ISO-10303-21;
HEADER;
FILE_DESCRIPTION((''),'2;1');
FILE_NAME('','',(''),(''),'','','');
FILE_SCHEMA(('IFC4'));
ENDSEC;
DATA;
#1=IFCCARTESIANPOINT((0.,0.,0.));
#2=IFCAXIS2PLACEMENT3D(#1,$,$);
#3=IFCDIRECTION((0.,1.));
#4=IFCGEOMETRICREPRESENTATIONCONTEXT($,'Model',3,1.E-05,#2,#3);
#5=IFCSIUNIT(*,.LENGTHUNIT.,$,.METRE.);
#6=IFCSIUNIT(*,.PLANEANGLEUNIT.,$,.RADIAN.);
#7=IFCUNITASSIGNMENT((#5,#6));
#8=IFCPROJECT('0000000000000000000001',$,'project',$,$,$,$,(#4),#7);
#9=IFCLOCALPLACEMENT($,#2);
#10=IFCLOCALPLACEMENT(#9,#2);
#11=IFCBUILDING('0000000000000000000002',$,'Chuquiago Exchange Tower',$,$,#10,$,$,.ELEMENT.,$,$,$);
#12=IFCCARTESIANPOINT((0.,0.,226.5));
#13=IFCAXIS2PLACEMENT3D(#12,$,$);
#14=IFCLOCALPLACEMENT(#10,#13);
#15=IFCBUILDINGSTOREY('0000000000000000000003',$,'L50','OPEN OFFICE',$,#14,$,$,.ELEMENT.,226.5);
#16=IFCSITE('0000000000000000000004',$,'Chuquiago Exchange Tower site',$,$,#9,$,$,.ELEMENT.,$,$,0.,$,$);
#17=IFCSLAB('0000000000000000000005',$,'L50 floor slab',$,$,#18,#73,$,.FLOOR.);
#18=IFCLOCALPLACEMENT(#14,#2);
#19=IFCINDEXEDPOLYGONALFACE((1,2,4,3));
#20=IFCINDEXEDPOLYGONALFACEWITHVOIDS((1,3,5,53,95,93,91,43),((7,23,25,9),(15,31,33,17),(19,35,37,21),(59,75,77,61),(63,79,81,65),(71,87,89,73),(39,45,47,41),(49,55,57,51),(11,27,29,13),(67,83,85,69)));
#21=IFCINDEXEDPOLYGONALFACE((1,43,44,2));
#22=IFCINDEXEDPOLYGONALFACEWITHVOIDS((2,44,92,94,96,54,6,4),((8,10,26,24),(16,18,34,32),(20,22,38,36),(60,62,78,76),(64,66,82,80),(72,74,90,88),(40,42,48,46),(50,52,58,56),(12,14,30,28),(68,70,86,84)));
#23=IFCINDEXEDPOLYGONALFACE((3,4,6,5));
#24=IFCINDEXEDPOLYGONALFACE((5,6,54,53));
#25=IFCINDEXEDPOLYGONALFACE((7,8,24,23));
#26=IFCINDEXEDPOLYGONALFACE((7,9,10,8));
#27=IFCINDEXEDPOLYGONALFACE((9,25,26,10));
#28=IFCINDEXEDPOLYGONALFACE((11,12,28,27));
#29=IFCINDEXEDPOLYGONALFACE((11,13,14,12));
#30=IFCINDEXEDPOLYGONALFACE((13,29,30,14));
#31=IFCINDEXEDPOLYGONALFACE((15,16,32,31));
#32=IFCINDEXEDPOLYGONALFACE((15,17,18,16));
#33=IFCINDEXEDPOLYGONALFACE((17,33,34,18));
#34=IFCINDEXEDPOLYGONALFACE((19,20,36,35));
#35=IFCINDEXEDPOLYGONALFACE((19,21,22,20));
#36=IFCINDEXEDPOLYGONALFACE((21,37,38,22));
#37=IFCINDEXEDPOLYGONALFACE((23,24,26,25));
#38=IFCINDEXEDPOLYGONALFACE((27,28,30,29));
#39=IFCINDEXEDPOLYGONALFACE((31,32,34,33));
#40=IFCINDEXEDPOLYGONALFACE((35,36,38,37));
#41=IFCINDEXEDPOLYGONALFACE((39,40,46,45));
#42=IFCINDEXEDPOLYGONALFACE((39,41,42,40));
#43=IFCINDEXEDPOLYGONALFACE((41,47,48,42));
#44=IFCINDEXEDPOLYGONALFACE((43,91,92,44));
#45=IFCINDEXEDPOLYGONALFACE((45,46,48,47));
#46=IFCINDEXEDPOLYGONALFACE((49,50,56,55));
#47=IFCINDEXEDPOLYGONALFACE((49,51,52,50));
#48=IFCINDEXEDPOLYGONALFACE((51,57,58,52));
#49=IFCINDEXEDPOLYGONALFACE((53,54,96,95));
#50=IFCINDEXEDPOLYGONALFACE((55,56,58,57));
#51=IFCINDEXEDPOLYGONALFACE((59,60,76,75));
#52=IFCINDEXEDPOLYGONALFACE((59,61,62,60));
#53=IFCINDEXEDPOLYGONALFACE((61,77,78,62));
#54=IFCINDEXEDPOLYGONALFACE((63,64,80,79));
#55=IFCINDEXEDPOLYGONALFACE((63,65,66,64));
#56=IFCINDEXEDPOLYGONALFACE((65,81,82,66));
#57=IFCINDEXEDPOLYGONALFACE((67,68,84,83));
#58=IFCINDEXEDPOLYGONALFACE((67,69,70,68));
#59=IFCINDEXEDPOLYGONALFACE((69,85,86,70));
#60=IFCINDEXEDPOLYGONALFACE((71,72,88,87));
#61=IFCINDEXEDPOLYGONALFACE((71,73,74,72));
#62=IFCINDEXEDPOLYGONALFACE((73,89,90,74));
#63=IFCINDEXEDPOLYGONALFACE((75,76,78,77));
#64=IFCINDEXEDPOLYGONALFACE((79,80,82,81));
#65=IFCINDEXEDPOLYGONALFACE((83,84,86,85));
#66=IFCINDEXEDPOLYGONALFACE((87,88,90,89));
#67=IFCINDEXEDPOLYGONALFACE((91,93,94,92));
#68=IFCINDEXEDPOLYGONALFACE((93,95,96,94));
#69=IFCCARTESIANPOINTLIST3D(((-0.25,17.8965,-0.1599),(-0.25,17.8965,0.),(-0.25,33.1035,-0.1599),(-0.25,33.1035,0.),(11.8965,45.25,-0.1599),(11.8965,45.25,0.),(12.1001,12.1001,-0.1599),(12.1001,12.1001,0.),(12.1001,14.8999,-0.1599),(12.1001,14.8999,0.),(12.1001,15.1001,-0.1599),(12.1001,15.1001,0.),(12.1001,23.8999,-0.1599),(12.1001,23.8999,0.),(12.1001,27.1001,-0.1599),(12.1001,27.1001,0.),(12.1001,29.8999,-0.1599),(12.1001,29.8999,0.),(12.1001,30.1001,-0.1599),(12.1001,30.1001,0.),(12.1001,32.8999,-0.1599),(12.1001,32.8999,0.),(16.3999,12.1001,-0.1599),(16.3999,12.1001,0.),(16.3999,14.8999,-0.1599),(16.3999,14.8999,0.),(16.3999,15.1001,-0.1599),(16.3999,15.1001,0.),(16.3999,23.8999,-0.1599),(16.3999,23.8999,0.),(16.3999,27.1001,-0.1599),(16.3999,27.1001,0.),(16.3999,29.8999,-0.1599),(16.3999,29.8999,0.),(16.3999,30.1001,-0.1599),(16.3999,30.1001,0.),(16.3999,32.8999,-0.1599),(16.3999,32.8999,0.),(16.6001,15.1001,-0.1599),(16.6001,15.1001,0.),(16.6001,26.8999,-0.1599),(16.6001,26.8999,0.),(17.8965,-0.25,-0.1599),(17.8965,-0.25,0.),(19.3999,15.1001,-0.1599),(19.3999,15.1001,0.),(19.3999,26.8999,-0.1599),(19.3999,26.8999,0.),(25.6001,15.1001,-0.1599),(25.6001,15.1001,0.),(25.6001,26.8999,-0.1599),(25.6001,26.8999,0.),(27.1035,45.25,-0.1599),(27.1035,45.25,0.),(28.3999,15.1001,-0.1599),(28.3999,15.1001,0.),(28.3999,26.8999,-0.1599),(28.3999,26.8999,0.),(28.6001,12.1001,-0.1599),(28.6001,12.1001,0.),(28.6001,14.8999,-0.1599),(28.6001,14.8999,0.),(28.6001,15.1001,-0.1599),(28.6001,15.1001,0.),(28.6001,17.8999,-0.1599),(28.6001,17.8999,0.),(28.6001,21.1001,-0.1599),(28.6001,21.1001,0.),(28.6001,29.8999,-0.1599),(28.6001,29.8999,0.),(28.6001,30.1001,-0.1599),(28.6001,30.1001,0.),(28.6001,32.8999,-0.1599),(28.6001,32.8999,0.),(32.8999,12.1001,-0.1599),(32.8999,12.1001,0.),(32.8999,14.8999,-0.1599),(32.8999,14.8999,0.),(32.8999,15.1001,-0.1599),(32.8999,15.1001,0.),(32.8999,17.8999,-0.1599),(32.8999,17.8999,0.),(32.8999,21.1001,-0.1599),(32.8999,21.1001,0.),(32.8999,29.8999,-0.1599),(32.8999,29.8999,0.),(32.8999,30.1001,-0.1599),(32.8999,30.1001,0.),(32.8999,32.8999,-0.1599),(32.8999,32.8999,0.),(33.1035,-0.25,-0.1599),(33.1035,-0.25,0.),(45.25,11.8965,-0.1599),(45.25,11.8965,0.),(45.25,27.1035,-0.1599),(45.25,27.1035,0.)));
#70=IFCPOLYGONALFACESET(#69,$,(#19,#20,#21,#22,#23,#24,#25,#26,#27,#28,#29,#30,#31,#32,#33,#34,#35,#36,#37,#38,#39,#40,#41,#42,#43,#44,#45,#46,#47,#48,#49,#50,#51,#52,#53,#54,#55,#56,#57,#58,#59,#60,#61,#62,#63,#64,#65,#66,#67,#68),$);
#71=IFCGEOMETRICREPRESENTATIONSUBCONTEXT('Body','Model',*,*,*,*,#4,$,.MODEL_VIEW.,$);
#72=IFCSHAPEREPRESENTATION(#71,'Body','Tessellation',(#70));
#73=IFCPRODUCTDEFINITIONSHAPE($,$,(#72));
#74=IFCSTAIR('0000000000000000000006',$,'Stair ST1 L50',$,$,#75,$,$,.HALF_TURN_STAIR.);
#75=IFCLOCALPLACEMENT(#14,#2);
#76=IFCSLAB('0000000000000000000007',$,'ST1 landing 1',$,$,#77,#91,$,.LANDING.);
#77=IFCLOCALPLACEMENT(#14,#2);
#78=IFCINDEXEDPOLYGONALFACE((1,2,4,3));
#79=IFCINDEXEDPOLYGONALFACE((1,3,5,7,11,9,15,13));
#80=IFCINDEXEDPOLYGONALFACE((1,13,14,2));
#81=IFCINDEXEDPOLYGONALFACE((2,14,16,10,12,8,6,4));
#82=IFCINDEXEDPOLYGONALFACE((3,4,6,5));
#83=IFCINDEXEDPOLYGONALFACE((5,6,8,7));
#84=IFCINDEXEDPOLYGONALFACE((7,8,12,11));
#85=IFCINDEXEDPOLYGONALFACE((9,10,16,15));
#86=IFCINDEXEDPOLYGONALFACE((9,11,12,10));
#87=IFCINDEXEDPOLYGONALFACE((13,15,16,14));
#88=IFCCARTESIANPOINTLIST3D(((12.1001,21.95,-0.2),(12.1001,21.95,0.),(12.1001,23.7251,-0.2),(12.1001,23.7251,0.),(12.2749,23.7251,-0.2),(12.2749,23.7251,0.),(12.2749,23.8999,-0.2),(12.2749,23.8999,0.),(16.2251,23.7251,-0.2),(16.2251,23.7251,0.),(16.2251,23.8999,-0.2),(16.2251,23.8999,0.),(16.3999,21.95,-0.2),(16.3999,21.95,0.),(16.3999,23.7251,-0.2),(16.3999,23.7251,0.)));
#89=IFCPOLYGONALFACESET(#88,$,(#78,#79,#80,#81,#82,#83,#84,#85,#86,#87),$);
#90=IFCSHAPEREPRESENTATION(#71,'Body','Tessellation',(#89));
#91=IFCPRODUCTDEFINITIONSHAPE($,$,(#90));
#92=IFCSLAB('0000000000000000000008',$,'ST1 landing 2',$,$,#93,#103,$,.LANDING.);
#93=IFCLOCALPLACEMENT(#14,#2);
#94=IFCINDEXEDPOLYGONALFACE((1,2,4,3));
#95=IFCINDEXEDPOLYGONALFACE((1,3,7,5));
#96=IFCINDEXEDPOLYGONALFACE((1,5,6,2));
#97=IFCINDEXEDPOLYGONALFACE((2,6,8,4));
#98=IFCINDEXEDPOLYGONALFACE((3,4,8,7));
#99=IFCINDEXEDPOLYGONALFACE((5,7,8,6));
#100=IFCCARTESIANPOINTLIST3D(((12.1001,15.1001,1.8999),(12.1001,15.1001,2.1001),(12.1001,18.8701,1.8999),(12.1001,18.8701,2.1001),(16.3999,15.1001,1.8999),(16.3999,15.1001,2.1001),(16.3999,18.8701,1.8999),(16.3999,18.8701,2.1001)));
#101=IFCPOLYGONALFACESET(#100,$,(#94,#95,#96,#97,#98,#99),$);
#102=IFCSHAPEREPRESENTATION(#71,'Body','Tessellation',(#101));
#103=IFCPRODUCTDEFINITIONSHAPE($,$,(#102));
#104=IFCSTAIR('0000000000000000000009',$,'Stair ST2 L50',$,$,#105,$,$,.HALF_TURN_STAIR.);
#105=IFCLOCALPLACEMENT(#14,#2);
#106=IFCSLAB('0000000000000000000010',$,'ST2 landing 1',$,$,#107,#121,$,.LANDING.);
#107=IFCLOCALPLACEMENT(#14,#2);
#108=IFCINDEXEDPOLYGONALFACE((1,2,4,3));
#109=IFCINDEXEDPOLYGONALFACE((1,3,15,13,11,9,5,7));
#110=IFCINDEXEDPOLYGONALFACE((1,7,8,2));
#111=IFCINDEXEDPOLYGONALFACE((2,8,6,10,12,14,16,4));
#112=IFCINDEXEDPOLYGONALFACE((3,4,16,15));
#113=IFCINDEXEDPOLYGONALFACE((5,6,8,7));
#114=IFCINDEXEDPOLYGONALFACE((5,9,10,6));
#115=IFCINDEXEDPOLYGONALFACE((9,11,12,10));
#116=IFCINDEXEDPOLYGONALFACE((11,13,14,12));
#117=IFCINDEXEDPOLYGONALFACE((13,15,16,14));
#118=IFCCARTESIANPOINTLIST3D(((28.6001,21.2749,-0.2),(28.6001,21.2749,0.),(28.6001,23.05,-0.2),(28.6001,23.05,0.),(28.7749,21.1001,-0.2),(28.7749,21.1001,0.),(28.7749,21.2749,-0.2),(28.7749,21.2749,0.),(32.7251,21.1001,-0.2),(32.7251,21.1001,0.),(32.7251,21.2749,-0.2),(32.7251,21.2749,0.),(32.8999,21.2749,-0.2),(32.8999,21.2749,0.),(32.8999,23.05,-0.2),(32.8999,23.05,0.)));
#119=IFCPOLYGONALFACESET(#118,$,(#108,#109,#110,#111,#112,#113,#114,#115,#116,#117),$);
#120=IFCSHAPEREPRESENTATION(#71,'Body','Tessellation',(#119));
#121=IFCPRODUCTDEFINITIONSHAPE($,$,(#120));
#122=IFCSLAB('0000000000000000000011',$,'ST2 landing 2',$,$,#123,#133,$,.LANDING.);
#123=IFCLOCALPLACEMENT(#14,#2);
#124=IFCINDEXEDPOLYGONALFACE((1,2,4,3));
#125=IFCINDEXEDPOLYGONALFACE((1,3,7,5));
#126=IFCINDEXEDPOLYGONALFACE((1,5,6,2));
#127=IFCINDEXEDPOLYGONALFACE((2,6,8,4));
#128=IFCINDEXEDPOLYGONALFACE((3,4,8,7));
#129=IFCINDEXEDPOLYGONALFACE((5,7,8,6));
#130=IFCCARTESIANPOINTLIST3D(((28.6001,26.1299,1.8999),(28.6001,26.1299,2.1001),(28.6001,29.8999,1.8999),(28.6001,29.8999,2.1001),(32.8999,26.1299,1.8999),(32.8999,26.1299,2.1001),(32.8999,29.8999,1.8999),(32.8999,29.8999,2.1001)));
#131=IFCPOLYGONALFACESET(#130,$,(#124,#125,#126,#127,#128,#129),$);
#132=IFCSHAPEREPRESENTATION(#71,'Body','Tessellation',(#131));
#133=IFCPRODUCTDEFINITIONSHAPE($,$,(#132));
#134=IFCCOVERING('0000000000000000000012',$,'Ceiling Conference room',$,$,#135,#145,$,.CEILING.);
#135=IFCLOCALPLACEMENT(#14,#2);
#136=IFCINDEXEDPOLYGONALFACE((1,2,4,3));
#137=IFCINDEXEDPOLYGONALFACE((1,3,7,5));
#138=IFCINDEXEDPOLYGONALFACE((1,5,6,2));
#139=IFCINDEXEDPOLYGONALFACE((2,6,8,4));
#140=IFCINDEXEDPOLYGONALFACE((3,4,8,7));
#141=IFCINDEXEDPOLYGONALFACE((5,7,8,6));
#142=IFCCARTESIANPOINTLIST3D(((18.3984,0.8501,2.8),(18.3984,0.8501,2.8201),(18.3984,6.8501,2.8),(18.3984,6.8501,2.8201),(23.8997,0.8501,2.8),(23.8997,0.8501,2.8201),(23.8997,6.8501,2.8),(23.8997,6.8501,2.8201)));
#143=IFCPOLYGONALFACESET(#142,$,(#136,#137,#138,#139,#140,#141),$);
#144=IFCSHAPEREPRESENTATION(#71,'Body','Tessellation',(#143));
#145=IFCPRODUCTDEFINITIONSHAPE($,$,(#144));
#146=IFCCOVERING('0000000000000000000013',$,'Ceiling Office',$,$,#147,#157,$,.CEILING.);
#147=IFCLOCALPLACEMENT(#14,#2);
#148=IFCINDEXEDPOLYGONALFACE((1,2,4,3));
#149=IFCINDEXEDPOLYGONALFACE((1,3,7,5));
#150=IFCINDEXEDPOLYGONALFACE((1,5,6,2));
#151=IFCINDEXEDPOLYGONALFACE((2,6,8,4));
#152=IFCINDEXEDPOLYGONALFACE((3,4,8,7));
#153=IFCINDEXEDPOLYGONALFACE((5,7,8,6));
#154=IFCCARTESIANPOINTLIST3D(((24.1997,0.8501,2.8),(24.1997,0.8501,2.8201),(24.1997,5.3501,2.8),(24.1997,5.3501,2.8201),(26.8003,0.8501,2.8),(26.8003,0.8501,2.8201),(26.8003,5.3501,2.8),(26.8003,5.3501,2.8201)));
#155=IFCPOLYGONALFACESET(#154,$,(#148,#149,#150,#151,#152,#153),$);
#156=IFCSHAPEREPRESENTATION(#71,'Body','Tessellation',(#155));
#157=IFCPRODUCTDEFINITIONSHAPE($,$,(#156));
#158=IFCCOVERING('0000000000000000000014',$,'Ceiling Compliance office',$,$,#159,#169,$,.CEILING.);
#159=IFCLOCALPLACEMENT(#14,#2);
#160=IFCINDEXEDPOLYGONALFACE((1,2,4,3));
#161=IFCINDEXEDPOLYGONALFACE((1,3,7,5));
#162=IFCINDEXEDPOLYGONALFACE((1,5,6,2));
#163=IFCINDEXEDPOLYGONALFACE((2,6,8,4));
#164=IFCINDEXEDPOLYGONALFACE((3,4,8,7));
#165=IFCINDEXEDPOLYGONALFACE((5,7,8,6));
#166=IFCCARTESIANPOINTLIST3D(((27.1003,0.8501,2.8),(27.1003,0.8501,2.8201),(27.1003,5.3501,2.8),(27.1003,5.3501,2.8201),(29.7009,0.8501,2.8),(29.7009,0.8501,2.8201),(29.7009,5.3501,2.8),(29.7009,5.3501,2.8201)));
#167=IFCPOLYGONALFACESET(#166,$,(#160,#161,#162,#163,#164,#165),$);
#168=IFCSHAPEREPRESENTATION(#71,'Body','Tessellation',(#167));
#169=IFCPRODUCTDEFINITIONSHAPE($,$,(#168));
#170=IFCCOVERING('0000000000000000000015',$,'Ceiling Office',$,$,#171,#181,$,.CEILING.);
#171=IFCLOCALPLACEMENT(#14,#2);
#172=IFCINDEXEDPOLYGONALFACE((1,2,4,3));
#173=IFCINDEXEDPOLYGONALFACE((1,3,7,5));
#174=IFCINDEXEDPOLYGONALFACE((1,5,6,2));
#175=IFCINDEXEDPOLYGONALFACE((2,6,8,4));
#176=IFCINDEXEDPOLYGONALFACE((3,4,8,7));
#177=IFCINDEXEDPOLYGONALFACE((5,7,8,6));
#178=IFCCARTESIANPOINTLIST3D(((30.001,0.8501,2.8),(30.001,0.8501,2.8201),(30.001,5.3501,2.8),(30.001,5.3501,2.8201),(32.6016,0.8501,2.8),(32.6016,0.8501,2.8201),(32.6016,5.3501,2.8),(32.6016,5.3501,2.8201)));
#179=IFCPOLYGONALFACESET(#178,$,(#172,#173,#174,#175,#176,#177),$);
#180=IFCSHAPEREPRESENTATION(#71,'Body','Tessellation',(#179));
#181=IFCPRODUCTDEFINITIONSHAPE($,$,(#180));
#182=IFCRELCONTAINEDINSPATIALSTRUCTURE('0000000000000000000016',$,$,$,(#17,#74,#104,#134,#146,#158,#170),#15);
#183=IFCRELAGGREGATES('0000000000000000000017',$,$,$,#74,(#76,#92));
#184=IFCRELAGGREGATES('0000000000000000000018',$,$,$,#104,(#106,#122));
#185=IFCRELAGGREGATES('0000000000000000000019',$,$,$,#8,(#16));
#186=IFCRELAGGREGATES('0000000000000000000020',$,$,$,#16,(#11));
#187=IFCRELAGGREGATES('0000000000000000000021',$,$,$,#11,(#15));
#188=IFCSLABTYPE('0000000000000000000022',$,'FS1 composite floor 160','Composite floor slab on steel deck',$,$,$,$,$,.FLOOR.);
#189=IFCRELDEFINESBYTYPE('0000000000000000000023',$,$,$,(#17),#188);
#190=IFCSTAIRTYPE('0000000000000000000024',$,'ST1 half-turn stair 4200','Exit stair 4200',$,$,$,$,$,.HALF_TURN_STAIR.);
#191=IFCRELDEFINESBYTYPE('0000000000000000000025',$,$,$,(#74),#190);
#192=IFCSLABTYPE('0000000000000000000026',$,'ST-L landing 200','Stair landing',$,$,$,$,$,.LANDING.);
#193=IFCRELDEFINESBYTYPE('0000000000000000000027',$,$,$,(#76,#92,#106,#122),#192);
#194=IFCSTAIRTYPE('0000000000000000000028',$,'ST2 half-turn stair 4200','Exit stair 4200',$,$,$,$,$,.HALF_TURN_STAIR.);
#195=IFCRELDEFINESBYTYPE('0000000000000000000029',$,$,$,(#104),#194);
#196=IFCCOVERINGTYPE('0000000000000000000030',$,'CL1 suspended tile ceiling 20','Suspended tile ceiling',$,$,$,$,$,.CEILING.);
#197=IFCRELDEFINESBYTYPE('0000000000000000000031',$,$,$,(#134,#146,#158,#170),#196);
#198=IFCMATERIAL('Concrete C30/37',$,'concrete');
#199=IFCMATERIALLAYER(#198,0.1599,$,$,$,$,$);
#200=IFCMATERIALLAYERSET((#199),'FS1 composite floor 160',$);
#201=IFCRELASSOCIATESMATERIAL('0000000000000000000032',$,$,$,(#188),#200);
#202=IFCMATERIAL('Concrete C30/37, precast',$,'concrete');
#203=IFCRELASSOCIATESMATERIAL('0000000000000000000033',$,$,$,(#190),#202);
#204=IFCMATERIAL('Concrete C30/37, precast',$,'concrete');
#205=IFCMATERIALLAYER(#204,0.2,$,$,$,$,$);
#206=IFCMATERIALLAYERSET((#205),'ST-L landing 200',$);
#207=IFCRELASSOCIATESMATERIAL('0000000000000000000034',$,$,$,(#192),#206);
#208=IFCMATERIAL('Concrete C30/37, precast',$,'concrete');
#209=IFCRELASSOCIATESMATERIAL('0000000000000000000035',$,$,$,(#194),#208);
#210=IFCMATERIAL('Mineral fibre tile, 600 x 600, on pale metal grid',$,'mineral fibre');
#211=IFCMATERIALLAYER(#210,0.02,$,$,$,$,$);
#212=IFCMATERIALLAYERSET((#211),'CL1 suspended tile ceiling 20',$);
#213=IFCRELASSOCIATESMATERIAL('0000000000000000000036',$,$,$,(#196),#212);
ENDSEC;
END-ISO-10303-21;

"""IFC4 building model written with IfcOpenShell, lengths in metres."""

from ifc_helpers import new_model, si_unit, direction, frame, origin, place, context, subcontext, project, spatial, polyline, outline, extrude, material, layer, layer_set, type_object, element, aggregate, save


model = new_model("IFC4")

# Units and contexts
model_context = context("Model", 3, precision=1e-05, world=origin(), true_north=direction((0.0, 1.0)))
body_context = subcontext(model_context, "Body", "Model", "MODEL_VIEW")
ifc_project = project(units=[si_unit("LENGTHUNIT", "METRE"), si_unit("PLANEANGLEUNIT", "RADIAN")], contexts=[model_context])

# Site, building, storey
site_placement = place(None, origin())
site = spatial("IfcSite", under=ifc_project, at=site_placement, Name="Chuquiago Exchange Tower site", CompositionType="ELEMENT", RefElevation=0.0)
building_placement = place(site_placement, origin())
building = spatial("IfcBuilding", under=site, at=building_placement, Name="Chuquiago Exchange Tower", CompositionType="ELEMENT")
storey_placement = place(building_placement, frame((0.0, 0.0, 226.5)))
storey = spatial("IfcBuildingStorey", under=building, at=storey_placement, Name="L50", Description="OPEN OFFICE", CompositionType="ELEMENT", Elevation=226.5)

# Slab
ifc_material_1 = material(Name="Concrete C30/37", Category="concrete")
ifc_layer_1 = layer(ifc_material_1, 0.1599)
ifc_layer_set_1 = layer_set([ifc_layer_1], Name="FS1 composite floor 160")
slab_type_1 = type_object("IfcSlabType", Name="FS1 composite floor 160", Description="Composite floor slab on steel deck", PredefinedType="FLOOR", material=ifc_layer_set_1)
slab_1_placement = place(storey_placement, frame((0.0, 0.0, -0.1599)))
element("IfcSlab", 1, at=slab_1_placement, inside=storey, type_object=slab_type_1, Name="L50 floor slab", PredefinedType="FLOOR", context=body_context, shape_type="SweptSolid", body=[
    extrude(outline(polyline([(17.8965, -0.25), (-0.25, 17.8965), (-0.25, 33.1035), (11.8965, 45.25), (27.1035, 45.25), (45.25, 27.1035), (45.25, 11.8965), (33.1035, -0.25), (17.8965, -0.25)]), holes=[polyline([(16.3999, 15.1001), (12.1001, 15.1001), (12.1001, 23.8999), (16.3999, 23.8999), (16.3999, 15.1001)]), polyline([(32.8999, 21.1001), (28.6001, 21.1001), (28.6001, 29.8999), (32.8999, 29.8999), (32.8999, 21.1001)]), polyline([(16.3999, 12.1001), (12.1001, 12.1001), (12.1001, 14.8999), (16.3999, 14.8999), (16.3999, 12.1001)]), polyline([(16.3999, 30.1001), (12.1001, 30.1001), (12.1001, 32.8999), (16.3999, 32.8999), (16.3999, 30.1001)]), polyline([(32.8999, 12.1001), (28.6001, 12.1001), (28.6001, 14.8999), (32.8999, 14.8999), (32.8999, 12.1001)]), polyline([(32.8999, 30.1001), (28.6001, 30.1001), (28.6001, 32.8999), (32.8999, 32.8999), (32.8999, 30.1001)]), polyline([(16.3999, 27.1001), (12.1001, 27.1001), (12.1001, 29.8999), (16.3999, 29.8999), (16.3999, 27.1001)]), polyline([(32.8999, 15.1001), (28.6001, 15.1001), (28.6001, 17.8999), (32.8999, 17.8999), (32.8999, 15.1001)]), polyline([(19.3999, 15.1001), (16.6001, 15.1001), (16.6001, 26.8999), (19.3999, 26.8999), (19.3999, 15.1001)]), polyline([(28.3999, 15.1001), (25.6001, 15.1001), (25.6001, 26.8999), (28.3999, 26.8999), (28.3999, 15.1001)])]), origin(), (0.0, 0.0, 1.0), 0.1599),
])

# Stairs, slabs
ifc_material_2 = material(Name="Concrete C30/37, precast", Category="concrete")
stair_type_1 = type_object("IfcStairType", Name="ST1 half-turn stair 4200", Description="Exit stair 4200", PredefinedType="HALF_TURN_STAIR", material=ifc_material_2)
stair_1_placement = place(storey_placement, origin())
stair_1 = element("IfcStair", 2, at=stair_1_placement, inside=storey, type_object=stair_type_1, Name="Stair ST1 L50", PredefinedType="HALF_TURN_STAIR")
ifc_material_3 = material(Name="Concrete C30/37, precast", Category="concrete")
ifc_layer_2 = layer(ifc_material_3, 0.2)
ifc_layer_set_2 = layer_set([ifc_layer_2], Name="ST-L landing 200")
slab_type_2 = type_object("IfcSlabType", Name="ST-L landing 200", Description="Stair landing", PredefinedType="LANDING", material=ifc_layer_set_2)
slab_2_placement = place(storey_placement, frame((0.0, 0.0, -0.2)))
slab_2 = element("IfcSlab", 3, at=slab_2_placement, type_object=slab_type_2, Name="ST1 landing 1", PredefinedType="LANDING", context=body_context, shape_type="SweptSolid", body=[
    extrude(outline(polyline([(12.2749, 23.8999), (16.2251, 23.8999), (16.2251, 23.7251), (16.3999, 23.7251), (16.3999, 21.95), (12.1001, 21.95), (12.1001, 23.7251), (12.2749, 23.7251), (12.2749, 23.8999)])), origin(), (0.0, 0.0, 1.0), 0.2),
])
slab_3_placement = place(storey_placement, frame((0.0, 0.0, 1.8999)))
slab_3 = element("IfcSlab", 4, at=slab_3_placement, type_object=slab_type_2, Name="ST1 landing 2", PredefinedType="LANDING", context=body_context, shape_type="SweptSolid", body=[
    extrude(outline(polyline([(12.1001, 18.8701), (16.3999, 18.8701), (16.3999, 15.1001), (12.1001, 15.1001), (12.1001, 18.8701)])), origin(), (0.0, 0.0, 1.0), 0.2002),
])
aggregate(stair_1, [slab_2, slab_3])
ifc_material_4 = material(Name="Concrete C30/37, precast", Category="concrete")
stair_type_2 = type_object("IfcStairType", Name="ST2 half-turn stair 4200", Description="Exit stair 4200", PredefinedType="HALF_TURN_STAIR", material=ifc_material_4)
stair_2_placement = place(storey_placement, origin())
stair_2 = element("IfcStair", 5, at=stair_2_placement, inside=storey, type_object=stair_type_2, Name="Stair ST2 L50", PredefinedType="HALF_TURN_STAIR")
slab_4_placement = place(storey_placement, frame((0.0, 0.0, -0.2)))
slab_4 = element("IfcSlab", 6, at=slab_4_placement, type_object=slab_type_2, Name="ST2 landing 1", PredefinedType="LANDING", context=body_context, shape_type="SweptSolid", body=[
    extrude(outline(polyline([(32.7251, 21.2749), (32.7251, 21.1001), (28.7749, 21.1001), (28.7749, 21.2749), (28.6001, 21.2749), (28.6001, 23.05), (32.8999, 23.05), (32.8999, 21.2749), (32.7251, 21.2749)])), origin(), (0.0, 0.0, 1.0), 0.2),
])
slab_5_placement = place(storey_placement, frame((0.0, 0.0, 1.8999)))
slab_5 = element("IfcSlab", 7, at=slab_5_placement, type_object=slab_type_2, Name="ST2 landing 2", PredefinedType="LANDING", context=body_context, shape_type="SweptSolid", body=[
    extrude(outline(polyline([(28.6001, 29.8999), (32.8999, 29.8999), (32.8999, 26.1299), (28.6001, 26.1299), (28.6001, 29.8999)])), origin(), (0.0, 0.0, 1.0), 0.2002),
])
aggregate(stair_2, [slab_4, slab_5])

# Coverings
ifc_material_5 = material(Name="Mineral fibre tile, 600 x 600, on pale metal grid", Category="mineral fibre")
ifc_layer_3 = layer(ifc_material_5, 0.02)
ifc_layer_set_3 = layer_set([ifc_layer_3], Name="CL1 suspended tile ceiling 20")
covering_type_1 = type_object("IfcCoveringType", Name="CL1 suspended tile ceiling 20", Description="Suspended tile ceiling", PredefinedType="CEILING", material=ifc_layer_set_3)
covering_1_placement = place(storey_placement, frame((0.0, 0.0, 2.8)))
element("IfcCovering", 8, at=covering_1_placement, inside=storey, type_object=covering_type_1, Name="Ceiling Conference room", PredefinedType="CEILING", context=body_context, shape_type="SweptSolid", body=[
    extrude(outline(polyline([(18.3984, 6.8501), (23.8997, 6.8501), (23.8997, 0.8501), (18.3984, 0.8501), (18.3984, 6.8501)])), origin(), (0.0, 0.0, 1.0), 0.02),
])
covering_2_placement = place(storey_placement, frame((0.0, 0.0, 2.8)))
element("IfcCovering", 9, at=covering_2_placement, inside=storey, type_object=covering_type_1, Name="Ceiling Office", PredefinedType="CEILING", context=body_context, shape_type="SweptSolid", body=[
    extrude(outline(polyline([(24.1997, 5.3501), (26.8003, 5.3501), (26.8003, 0.8501), (24.1997, 0.8501), (24.1997, 5.3501)])), origin(), (0.0, 0.0, 1.0), 0.02),
])
covering_3_placement = place(storey_placement, frame((0.0, 0.0, 2.8)))
element("IfcCovering", 10, at=covering_3_placement, inside=storey, type_object=covering_type_1, Name="Ceiling Compliance office", PredefinedType="CEILING", context=body_context, shape_type="SweptSolid", body=[
    extrude(outline(polyline([(27.1003, 5.3501), (29.7009, 5.3501), (29.7009, 0.8501), (27.1003, 0.8501), (27.1003, 5.3501)])), origin(), (0.0, 0.0, 1.0), 0.02),
])
covering_4_placement = place(storey_placement, frame((0.0, 0.0, 2.8)))
element("IfcCovering", 11, at=covering_4_placement, inside=storey, type_object=covering_type_1, Name="Ceiling Office", PredefinedType="CEILING", context=body_context, shape_type="SweptSolid", body=[
    extrude(outline(polyline([(30.001, 0.8501), (30.001, 5.3501), (32.6016, 5.3501), (32.6016, 0.8501), (30.001, 0.8501)])), origin(), (0.0, 0.0, 1.0), 0.02),
])

save(model, "model.ifc")
